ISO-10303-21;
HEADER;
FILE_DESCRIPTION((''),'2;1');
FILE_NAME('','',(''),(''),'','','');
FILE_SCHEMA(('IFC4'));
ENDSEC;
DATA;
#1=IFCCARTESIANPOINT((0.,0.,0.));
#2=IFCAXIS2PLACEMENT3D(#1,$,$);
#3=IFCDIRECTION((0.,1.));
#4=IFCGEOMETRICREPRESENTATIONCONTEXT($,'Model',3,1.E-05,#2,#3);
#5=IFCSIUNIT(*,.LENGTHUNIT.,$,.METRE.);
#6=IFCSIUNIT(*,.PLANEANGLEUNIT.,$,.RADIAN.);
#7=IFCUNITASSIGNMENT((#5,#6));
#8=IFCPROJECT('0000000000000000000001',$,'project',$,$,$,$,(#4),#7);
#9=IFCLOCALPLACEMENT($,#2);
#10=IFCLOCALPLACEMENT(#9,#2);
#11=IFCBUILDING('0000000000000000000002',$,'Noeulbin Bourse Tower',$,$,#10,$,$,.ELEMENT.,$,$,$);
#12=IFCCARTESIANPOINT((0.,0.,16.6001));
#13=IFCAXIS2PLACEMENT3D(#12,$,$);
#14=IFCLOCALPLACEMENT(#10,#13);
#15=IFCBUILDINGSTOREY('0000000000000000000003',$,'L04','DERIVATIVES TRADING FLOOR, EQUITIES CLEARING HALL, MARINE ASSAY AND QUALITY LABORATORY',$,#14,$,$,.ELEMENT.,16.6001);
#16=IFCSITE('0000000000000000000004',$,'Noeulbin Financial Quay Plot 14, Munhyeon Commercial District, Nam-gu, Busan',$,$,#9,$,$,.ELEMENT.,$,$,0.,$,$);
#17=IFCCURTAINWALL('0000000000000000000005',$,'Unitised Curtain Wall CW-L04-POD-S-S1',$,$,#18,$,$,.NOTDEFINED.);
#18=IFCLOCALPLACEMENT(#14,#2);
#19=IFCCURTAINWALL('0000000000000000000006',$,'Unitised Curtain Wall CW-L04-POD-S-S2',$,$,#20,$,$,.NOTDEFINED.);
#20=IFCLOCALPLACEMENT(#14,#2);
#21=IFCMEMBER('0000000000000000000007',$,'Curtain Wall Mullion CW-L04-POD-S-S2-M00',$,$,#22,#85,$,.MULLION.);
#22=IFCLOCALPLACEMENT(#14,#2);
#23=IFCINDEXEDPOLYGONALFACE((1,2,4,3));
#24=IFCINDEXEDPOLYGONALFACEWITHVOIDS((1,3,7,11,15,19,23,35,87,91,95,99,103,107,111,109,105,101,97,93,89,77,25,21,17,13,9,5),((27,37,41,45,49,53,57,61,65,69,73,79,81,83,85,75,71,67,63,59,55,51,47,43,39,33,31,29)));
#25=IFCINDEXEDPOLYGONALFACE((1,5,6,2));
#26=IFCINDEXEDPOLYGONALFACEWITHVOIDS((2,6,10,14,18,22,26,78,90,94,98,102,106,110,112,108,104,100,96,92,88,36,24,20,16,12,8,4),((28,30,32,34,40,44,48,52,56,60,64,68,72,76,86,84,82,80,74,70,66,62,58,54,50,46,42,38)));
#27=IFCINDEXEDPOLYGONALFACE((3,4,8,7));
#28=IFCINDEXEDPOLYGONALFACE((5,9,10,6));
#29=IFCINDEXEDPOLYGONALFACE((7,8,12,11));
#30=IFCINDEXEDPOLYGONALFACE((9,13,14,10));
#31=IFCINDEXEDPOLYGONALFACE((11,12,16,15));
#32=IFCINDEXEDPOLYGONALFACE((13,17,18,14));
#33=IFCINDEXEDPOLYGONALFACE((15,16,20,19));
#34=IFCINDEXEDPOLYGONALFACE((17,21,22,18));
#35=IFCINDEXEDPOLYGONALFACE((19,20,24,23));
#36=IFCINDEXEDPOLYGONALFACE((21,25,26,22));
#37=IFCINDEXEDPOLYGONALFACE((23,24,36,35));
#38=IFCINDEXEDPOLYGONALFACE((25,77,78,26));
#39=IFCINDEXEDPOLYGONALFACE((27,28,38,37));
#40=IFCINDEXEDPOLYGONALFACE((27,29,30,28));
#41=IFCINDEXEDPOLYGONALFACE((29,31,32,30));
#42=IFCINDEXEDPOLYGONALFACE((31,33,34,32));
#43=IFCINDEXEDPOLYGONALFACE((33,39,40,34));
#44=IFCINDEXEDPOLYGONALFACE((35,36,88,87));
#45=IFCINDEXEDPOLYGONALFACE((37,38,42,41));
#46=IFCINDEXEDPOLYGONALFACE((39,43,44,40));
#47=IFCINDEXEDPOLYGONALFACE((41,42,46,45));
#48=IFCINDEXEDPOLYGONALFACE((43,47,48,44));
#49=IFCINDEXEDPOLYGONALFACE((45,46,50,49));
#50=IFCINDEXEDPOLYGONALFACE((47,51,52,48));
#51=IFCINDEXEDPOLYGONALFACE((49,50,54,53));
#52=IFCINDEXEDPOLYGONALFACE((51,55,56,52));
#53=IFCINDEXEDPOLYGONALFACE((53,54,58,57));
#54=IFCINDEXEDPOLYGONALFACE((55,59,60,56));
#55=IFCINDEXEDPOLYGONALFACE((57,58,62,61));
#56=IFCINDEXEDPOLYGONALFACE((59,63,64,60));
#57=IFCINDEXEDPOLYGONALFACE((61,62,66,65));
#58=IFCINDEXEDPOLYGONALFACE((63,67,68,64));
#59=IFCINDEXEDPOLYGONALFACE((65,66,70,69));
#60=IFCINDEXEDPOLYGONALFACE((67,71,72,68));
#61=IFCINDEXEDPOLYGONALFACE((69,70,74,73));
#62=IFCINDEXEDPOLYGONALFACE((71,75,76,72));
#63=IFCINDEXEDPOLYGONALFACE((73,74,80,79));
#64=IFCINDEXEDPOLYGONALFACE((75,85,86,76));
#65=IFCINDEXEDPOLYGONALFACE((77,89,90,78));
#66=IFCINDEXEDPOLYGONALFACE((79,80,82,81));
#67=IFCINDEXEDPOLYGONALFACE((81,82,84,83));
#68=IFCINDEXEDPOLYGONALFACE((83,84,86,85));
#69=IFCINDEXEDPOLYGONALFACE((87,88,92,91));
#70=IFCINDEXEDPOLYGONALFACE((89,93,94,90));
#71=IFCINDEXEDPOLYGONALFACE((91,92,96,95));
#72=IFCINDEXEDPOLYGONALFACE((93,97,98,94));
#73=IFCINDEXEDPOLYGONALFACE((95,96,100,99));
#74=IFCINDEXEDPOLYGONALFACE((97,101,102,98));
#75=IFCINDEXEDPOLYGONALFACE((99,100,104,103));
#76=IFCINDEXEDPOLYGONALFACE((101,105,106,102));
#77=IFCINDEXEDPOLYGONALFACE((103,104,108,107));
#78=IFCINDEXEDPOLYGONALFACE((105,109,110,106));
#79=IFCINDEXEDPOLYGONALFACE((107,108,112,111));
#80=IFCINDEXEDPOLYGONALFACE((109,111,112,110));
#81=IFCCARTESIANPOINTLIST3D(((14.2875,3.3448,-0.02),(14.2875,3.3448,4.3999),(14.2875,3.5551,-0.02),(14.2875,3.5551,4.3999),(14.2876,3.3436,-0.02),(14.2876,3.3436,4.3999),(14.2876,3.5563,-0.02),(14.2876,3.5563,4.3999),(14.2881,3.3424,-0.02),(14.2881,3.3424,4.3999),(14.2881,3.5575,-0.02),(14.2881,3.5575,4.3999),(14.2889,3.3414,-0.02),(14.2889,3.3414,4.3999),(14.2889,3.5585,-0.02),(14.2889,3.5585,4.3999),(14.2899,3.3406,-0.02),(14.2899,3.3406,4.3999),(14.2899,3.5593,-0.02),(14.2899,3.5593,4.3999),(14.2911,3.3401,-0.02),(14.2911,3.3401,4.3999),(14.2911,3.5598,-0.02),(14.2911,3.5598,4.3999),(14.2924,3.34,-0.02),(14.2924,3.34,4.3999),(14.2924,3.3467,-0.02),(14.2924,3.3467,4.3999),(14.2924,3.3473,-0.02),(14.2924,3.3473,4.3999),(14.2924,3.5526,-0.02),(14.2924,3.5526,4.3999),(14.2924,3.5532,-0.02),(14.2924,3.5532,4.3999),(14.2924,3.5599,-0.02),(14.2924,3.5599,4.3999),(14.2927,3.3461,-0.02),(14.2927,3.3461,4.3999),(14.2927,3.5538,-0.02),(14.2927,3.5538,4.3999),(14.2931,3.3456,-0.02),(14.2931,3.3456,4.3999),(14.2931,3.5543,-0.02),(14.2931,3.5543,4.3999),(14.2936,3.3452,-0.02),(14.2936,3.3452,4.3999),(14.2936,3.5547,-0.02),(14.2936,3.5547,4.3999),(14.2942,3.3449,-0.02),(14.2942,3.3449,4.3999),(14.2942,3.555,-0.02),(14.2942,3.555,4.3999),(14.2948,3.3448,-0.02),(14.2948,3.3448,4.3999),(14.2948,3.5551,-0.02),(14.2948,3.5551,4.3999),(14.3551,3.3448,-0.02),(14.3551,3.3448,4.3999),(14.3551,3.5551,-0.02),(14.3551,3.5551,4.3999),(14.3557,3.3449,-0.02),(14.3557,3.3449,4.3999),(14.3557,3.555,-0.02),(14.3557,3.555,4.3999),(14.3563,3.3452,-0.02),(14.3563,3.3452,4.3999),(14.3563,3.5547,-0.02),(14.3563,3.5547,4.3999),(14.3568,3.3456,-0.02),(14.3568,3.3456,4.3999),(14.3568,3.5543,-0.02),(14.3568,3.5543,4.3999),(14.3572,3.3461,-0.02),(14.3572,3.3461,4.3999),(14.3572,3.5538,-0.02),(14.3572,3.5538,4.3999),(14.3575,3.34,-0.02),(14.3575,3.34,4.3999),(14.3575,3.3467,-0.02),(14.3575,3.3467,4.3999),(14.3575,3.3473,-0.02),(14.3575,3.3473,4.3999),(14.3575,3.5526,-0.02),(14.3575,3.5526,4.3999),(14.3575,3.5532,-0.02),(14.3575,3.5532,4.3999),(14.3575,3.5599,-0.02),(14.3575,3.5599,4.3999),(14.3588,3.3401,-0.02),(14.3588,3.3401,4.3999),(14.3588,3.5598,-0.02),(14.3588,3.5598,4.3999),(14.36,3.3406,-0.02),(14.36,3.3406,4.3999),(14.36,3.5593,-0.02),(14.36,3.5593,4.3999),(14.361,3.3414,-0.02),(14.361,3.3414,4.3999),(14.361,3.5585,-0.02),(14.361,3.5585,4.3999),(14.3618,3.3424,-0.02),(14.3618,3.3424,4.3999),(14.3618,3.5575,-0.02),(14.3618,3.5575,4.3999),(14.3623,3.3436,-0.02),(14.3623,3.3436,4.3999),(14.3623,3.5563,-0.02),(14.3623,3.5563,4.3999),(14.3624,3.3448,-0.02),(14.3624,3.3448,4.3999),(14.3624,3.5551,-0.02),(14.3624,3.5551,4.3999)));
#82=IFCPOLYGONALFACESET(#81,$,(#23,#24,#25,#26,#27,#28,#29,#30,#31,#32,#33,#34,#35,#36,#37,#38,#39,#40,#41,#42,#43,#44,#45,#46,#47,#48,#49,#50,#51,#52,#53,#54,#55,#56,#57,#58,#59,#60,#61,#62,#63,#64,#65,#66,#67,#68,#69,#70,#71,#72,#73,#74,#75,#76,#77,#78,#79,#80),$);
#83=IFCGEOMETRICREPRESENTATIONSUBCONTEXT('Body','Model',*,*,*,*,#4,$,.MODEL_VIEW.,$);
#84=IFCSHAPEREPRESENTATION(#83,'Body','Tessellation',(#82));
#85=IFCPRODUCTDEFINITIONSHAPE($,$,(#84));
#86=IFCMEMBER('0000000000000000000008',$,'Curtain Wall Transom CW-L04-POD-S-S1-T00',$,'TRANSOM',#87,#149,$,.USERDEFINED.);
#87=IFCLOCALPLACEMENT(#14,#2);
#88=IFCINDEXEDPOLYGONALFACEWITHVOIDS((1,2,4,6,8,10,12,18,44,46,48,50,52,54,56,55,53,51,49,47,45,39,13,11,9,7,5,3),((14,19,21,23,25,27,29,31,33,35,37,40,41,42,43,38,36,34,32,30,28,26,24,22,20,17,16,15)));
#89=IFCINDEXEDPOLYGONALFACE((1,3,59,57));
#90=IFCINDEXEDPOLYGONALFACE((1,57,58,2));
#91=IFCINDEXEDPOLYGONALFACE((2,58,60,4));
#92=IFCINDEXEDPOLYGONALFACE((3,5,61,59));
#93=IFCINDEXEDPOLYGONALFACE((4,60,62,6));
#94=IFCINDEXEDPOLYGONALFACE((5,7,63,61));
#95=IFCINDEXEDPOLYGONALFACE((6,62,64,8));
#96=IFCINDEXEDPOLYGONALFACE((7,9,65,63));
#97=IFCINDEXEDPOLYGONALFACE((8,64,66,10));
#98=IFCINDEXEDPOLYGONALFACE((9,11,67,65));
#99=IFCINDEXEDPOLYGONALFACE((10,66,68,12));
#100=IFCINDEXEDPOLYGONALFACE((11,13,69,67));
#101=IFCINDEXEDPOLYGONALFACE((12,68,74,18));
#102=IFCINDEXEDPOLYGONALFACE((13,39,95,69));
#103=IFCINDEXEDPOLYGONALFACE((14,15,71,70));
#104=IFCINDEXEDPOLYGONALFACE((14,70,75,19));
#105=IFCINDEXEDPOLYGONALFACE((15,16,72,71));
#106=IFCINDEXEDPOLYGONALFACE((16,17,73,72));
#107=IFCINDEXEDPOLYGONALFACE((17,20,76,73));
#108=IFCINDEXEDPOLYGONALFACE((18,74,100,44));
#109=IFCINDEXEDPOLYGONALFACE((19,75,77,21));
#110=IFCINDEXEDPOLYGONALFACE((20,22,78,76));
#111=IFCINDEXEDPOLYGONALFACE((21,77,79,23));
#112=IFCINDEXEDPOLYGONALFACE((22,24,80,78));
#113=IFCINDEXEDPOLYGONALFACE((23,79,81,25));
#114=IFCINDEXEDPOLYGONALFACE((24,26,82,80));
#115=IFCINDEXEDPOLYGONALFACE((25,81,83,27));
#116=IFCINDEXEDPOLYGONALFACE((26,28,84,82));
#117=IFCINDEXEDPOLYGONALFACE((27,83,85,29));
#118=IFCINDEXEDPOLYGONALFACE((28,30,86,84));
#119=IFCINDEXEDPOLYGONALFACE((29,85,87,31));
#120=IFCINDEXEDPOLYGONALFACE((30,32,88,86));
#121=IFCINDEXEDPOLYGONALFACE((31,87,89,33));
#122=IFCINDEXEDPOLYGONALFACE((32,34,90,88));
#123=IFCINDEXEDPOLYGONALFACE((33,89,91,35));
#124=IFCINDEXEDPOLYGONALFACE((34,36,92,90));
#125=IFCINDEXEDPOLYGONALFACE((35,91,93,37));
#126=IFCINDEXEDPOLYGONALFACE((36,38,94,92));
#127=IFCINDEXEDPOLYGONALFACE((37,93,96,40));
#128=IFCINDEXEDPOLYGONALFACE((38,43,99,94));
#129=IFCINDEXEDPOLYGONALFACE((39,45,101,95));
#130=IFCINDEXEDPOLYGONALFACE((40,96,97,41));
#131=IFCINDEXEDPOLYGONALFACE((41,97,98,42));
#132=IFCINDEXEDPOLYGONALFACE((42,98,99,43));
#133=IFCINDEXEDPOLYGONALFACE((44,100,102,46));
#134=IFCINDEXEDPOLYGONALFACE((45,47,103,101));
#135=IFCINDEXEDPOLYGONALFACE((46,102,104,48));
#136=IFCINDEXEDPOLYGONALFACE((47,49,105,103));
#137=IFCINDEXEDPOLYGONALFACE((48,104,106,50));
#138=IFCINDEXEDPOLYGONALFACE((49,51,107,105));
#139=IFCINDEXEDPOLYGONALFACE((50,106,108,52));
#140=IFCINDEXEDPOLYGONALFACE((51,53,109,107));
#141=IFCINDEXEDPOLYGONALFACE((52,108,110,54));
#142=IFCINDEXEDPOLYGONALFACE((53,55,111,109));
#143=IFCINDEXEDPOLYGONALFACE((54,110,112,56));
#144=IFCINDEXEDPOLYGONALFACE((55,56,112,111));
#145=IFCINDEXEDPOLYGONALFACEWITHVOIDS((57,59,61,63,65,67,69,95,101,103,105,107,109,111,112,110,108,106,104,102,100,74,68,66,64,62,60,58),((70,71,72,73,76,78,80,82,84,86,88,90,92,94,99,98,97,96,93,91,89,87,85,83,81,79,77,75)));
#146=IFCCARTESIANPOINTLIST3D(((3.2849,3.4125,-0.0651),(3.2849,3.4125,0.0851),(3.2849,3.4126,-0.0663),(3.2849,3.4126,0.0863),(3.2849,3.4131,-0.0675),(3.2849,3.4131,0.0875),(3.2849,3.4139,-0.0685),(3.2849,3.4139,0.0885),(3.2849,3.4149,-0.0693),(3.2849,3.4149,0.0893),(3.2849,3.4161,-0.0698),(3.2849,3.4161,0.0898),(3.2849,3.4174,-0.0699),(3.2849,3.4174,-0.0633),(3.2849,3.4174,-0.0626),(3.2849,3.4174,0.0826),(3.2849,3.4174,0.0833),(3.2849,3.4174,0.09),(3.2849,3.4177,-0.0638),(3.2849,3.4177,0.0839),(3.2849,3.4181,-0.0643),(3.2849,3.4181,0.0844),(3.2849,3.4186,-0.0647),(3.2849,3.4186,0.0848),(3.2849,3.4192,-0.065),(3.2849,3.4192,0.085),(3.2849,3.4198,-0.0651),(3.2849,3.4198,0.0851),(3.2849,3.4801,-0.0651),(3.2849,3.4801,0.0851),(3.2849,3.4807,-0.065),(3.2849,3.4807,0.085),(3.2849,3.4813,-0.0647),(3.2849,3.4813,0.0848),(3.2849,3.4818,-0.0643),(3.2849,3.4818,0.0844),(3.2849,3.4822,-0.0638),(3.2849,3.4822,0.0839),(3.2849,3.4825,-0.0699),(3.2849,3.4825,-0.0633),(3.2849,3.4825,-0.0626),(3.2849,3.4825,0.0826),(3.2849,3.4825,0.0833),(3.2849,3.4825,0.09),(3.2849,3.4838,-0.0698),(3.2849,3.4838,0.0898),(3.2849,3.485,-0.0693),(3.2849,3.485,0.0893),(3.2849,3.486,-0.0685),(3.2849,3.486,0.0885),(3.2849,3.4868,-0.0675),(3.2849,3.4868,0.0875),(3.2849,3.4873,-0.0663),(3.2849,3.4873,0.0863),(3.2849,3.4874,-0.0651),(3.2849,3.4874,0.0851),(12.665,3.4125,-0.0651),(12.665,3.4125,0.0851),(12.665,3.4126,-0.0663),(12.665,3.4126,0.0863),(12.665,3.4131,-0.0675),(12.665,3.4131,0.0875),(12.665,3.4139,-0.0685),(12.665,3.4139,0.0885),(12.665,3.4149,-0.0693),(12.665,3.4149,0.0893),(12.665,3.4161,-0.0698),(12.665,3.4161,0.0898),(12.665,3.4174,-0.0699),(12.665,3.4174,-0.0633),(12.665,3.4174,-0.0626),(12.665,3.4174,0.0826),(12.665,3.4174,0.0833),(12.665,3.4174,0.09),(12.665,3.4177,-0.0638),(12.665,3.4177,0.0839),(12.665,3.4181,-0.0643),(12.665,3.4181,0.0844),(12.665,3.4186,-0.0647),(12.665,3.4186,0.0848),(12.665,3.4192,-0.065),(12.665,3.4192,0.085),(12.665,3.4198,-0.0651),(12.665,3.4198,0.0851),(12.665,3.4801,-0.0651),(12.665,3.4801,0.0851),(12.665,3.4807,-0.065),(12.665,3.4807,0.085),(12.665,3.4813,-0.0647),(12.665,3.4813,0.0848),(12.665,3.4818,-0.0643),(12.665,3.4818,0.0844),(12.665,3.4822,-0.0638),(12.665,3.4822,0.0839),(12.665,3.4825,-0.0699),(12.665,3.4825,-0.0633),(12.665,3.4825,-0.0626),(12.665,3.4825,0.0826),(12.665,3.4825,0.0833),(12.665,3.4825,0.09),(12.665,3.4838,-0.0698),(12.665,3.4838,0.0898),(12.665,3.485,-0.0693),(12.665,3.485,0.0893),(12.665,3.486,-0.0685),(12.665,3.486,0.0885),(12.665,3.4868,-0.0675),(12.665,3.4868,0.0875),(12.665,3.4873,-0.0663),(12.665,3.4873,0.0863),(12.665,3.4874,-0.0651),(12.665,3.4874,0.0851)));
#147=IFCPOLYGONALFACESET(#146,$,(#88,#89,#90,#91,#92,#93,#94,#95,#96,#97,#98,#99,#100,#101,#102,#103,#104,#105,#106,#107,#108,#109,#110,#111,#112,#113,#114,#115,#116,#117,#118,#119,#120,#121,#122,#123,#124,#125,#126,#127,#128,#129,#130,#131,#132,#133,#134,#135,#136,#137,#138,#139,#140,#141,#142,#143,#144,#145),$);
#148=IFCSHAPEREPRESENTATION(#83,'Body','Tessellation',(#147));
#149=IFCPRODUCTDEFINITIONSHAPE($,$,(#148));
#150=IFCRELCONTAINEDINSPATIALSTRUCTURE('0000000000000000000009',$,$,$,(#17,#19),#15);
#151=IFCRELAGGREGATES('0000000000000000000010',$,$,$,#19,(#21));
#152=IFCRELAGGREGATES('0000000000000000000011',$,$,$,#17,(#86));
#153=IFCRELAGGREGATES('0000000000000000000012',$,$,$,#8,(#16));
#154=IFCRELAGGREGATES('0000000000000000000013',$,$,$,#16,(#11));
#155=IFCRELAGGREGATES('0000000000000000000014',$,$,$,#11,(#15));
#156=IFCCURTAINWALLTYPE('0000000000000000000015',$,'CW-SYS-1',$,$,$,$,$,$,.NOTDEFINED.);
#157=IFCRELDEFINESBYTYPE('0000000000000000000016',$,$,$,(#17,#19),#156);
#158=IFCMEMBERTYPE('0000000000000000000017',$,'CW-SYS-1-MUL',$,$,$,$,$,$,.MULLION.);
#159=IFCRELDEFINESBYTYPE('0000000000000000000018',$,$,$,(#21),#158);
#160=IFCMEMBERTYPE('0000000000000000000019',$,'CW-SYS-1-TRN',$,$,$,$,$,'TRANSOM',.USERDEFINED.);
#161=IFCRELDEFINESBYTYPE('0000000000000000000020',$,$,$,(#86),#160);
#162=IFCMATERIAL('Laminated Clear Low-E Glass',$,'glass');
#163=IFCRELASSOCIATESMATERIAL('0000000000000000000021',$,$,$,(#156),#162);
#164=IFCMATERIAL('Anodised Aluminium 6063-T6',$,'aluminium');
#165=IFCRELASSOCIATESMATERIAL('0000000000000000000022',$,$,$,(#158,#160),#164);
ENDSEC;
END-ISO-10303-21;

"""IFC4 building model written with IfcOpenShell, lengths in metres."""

from ifc_helpers import new_model, si_unit, direction, frame, origin, origin_2d, place, context, subcontext, project, spatial, hollow_rectangle, extrude, material, material_profile, profile_set, type_object, element, aggregate, save


model = new_model("IFC4")

# Units and contexts
model_context = context("Model", 3, precision=1e-05, world=origin(), true_north=direction((0.0, 1.0)))
body_context = subcontext(model_context, "Body", "Model", "MODEL_VIEW")
ifc_project = project(units=[si_unit("LENGTHUNIT", "METRE"), si_unit("PLANEANGLEUNIT", "RADIAN")], contexts=[model_context])

# Site, building, storey
site_placement = place(None, origin())
site = spatial("IfcSite", under=ifc_project, at=site_placement, Name="Noeulbin Financial Quay Plot 14, Munhyeon Commercial District, Nam-gu, Busan", CompositionType="ELEMENT", RefElevation=0.0)
building_placement = place(site_placement, origin())
building = spatial("IfcBuilding", under=site, at=building_placement, Name="Noeulbin Bourse Tower", CompositionType="ELEMENT")
storey_placement = place(building_placement, frame((0.0, 0.0, 16.6001)))
storey = spatial("IfcBuildingStorey", under=building, at=storey_placement, Name="L04", Description="DERIVATIVES TRADING FLOOR, EQUITIES CLEARING HALL, MARINE ASSAY AND QUALITY LABORATORY", CompositionType="ELEMENT", Elevation=16.6001)

# Curtain wall
ifc_material_1 = material(Name="Laminated Clear Low-E Glass", Category="glass")
curtain_wall_type = type_object("IfcCurtainWallType", Name="CW-SYS-1", PredefinedType="NOTDEFINED", material=ifc_material_1)
curtain_wall_1_placement = place(storey_placement, origin())
curtain_wall_1 = element("IfcCurtainWall", 1, at=curtain_wall_1_placement, inside=storey, type_object=curtain_wall_type, Name="Unitised Curtain Wall CW-L04-POD-S-S1", PredefinedType="NOTDEFINED")
ifc_material_2 = material(Name="Anodised Aluminium 6063-T6", Category="aluminium")
ifc_material_profile_1 = material_profile(ifc_material_2, hollow_rectangle(XDim=0.075, YDim=0.22, WallThickness=0.0049, InnerFilletRadius=0.0024, OuterFilletRadius=0.0049, at=origin_2d()), Name="ALU-MULL-75x220x5", Category="LoadBearing")
ifc_profile_set_1 = profile_set([ifc_material_profile_1], Name="Anodised Aluminium 6063-T6")
member_type_1 = type_object("IfcMemberType", Name="CW-SYS-1-MUL", PredefinedType="MULLION", material=ifc_profile_set_1)

# Curtain wall, member
curtain_wall_2_placement = place(storey_placement, origin())
curtain_wall_2 = element("IfcCurtainWall", 2, at=curtain_wall_2_placement, inside=storey, type_object=curtain_wall_type, Name="Unitised Curtain Wall CW-L04-POD-S-S2", PredefinedType="NOTDEFINED")
member_1_placement = place(storey_placement, frame((14.325, 3.45, -0.02), z_axis=(0.0, 0.0, 1.0), x_axis=(1.0, 0.0, 0.0)))
member_1 = element("IfcMember", 3, at=member_1_placement, type_object=member_type_1, Name="Curtain Wall Mullion CW-L04-POD-S-S2-M00", PredefinedType="MULLION", context=body_context, shape_type="SweptSolid", body=[
    extrude(hollow_rectangle(XDim=0.075, YDim=0.22, WallThickness=0.0049, InnerFilletRadius=0.0024, OuterFilletRadius=0.0049, at=origin_2d()), origin(), (0.0, 0.0, 1.0), 4.4199),
])

# Member
ifc_material_profile_2 = material_profile(ifc_material_2, hollow_rectangle(XDim=0.075, YDim=0.1599, WallThickness=0.0049, InnerFilletRadius=0.0024, OuterFilletRadius=0.0049, at=origin_2d()), Name="ALU-TRAN-75x160x5", Category="LoadBearing")
ifc_profile_set_2 = profile_set([ifc_material_profile_2], Name="Anodised Aluminium 6063-T6")
member_type_2 = type_object("IfcMemberType", Name="CW-SYS-1-TRN", ElementType="TRANSOM", PredefinedType="USERDEFINED", material=ifc_profile_set_2)
member_2_placement = place(storey_placement, frame((3.2849, 3.45, 0.01), z_axis=(1.0, 0.0, 0.0), x_axis=(0.0, 1.0, 0.0)))
member_2 = element("IfcMember", 4, at=member_2_placement, type_object=member_type_2, Name="Curtain Wall Transom CW-L04-POD-S-S1-T00", ObjectType="TRANSOM", PredefinedType="USERDEFINED", context=body_context, shape_type="SweptSolid", body=[
    extrude(hollow_rectangle(XDim=0.075, YDim=0.1599, WallThickness=0.0049, InnerFilletRadius=0.0024, OuterFilletRadius=0.0049, at=origin_2d()), origin(), (0.0, 0.0, 1.0), 9.3801),
])
aggregate(curtain_wall_2, [member_1])

aggregate(curtain_wall_1, [member_2])

save(model, "model.ifc")
